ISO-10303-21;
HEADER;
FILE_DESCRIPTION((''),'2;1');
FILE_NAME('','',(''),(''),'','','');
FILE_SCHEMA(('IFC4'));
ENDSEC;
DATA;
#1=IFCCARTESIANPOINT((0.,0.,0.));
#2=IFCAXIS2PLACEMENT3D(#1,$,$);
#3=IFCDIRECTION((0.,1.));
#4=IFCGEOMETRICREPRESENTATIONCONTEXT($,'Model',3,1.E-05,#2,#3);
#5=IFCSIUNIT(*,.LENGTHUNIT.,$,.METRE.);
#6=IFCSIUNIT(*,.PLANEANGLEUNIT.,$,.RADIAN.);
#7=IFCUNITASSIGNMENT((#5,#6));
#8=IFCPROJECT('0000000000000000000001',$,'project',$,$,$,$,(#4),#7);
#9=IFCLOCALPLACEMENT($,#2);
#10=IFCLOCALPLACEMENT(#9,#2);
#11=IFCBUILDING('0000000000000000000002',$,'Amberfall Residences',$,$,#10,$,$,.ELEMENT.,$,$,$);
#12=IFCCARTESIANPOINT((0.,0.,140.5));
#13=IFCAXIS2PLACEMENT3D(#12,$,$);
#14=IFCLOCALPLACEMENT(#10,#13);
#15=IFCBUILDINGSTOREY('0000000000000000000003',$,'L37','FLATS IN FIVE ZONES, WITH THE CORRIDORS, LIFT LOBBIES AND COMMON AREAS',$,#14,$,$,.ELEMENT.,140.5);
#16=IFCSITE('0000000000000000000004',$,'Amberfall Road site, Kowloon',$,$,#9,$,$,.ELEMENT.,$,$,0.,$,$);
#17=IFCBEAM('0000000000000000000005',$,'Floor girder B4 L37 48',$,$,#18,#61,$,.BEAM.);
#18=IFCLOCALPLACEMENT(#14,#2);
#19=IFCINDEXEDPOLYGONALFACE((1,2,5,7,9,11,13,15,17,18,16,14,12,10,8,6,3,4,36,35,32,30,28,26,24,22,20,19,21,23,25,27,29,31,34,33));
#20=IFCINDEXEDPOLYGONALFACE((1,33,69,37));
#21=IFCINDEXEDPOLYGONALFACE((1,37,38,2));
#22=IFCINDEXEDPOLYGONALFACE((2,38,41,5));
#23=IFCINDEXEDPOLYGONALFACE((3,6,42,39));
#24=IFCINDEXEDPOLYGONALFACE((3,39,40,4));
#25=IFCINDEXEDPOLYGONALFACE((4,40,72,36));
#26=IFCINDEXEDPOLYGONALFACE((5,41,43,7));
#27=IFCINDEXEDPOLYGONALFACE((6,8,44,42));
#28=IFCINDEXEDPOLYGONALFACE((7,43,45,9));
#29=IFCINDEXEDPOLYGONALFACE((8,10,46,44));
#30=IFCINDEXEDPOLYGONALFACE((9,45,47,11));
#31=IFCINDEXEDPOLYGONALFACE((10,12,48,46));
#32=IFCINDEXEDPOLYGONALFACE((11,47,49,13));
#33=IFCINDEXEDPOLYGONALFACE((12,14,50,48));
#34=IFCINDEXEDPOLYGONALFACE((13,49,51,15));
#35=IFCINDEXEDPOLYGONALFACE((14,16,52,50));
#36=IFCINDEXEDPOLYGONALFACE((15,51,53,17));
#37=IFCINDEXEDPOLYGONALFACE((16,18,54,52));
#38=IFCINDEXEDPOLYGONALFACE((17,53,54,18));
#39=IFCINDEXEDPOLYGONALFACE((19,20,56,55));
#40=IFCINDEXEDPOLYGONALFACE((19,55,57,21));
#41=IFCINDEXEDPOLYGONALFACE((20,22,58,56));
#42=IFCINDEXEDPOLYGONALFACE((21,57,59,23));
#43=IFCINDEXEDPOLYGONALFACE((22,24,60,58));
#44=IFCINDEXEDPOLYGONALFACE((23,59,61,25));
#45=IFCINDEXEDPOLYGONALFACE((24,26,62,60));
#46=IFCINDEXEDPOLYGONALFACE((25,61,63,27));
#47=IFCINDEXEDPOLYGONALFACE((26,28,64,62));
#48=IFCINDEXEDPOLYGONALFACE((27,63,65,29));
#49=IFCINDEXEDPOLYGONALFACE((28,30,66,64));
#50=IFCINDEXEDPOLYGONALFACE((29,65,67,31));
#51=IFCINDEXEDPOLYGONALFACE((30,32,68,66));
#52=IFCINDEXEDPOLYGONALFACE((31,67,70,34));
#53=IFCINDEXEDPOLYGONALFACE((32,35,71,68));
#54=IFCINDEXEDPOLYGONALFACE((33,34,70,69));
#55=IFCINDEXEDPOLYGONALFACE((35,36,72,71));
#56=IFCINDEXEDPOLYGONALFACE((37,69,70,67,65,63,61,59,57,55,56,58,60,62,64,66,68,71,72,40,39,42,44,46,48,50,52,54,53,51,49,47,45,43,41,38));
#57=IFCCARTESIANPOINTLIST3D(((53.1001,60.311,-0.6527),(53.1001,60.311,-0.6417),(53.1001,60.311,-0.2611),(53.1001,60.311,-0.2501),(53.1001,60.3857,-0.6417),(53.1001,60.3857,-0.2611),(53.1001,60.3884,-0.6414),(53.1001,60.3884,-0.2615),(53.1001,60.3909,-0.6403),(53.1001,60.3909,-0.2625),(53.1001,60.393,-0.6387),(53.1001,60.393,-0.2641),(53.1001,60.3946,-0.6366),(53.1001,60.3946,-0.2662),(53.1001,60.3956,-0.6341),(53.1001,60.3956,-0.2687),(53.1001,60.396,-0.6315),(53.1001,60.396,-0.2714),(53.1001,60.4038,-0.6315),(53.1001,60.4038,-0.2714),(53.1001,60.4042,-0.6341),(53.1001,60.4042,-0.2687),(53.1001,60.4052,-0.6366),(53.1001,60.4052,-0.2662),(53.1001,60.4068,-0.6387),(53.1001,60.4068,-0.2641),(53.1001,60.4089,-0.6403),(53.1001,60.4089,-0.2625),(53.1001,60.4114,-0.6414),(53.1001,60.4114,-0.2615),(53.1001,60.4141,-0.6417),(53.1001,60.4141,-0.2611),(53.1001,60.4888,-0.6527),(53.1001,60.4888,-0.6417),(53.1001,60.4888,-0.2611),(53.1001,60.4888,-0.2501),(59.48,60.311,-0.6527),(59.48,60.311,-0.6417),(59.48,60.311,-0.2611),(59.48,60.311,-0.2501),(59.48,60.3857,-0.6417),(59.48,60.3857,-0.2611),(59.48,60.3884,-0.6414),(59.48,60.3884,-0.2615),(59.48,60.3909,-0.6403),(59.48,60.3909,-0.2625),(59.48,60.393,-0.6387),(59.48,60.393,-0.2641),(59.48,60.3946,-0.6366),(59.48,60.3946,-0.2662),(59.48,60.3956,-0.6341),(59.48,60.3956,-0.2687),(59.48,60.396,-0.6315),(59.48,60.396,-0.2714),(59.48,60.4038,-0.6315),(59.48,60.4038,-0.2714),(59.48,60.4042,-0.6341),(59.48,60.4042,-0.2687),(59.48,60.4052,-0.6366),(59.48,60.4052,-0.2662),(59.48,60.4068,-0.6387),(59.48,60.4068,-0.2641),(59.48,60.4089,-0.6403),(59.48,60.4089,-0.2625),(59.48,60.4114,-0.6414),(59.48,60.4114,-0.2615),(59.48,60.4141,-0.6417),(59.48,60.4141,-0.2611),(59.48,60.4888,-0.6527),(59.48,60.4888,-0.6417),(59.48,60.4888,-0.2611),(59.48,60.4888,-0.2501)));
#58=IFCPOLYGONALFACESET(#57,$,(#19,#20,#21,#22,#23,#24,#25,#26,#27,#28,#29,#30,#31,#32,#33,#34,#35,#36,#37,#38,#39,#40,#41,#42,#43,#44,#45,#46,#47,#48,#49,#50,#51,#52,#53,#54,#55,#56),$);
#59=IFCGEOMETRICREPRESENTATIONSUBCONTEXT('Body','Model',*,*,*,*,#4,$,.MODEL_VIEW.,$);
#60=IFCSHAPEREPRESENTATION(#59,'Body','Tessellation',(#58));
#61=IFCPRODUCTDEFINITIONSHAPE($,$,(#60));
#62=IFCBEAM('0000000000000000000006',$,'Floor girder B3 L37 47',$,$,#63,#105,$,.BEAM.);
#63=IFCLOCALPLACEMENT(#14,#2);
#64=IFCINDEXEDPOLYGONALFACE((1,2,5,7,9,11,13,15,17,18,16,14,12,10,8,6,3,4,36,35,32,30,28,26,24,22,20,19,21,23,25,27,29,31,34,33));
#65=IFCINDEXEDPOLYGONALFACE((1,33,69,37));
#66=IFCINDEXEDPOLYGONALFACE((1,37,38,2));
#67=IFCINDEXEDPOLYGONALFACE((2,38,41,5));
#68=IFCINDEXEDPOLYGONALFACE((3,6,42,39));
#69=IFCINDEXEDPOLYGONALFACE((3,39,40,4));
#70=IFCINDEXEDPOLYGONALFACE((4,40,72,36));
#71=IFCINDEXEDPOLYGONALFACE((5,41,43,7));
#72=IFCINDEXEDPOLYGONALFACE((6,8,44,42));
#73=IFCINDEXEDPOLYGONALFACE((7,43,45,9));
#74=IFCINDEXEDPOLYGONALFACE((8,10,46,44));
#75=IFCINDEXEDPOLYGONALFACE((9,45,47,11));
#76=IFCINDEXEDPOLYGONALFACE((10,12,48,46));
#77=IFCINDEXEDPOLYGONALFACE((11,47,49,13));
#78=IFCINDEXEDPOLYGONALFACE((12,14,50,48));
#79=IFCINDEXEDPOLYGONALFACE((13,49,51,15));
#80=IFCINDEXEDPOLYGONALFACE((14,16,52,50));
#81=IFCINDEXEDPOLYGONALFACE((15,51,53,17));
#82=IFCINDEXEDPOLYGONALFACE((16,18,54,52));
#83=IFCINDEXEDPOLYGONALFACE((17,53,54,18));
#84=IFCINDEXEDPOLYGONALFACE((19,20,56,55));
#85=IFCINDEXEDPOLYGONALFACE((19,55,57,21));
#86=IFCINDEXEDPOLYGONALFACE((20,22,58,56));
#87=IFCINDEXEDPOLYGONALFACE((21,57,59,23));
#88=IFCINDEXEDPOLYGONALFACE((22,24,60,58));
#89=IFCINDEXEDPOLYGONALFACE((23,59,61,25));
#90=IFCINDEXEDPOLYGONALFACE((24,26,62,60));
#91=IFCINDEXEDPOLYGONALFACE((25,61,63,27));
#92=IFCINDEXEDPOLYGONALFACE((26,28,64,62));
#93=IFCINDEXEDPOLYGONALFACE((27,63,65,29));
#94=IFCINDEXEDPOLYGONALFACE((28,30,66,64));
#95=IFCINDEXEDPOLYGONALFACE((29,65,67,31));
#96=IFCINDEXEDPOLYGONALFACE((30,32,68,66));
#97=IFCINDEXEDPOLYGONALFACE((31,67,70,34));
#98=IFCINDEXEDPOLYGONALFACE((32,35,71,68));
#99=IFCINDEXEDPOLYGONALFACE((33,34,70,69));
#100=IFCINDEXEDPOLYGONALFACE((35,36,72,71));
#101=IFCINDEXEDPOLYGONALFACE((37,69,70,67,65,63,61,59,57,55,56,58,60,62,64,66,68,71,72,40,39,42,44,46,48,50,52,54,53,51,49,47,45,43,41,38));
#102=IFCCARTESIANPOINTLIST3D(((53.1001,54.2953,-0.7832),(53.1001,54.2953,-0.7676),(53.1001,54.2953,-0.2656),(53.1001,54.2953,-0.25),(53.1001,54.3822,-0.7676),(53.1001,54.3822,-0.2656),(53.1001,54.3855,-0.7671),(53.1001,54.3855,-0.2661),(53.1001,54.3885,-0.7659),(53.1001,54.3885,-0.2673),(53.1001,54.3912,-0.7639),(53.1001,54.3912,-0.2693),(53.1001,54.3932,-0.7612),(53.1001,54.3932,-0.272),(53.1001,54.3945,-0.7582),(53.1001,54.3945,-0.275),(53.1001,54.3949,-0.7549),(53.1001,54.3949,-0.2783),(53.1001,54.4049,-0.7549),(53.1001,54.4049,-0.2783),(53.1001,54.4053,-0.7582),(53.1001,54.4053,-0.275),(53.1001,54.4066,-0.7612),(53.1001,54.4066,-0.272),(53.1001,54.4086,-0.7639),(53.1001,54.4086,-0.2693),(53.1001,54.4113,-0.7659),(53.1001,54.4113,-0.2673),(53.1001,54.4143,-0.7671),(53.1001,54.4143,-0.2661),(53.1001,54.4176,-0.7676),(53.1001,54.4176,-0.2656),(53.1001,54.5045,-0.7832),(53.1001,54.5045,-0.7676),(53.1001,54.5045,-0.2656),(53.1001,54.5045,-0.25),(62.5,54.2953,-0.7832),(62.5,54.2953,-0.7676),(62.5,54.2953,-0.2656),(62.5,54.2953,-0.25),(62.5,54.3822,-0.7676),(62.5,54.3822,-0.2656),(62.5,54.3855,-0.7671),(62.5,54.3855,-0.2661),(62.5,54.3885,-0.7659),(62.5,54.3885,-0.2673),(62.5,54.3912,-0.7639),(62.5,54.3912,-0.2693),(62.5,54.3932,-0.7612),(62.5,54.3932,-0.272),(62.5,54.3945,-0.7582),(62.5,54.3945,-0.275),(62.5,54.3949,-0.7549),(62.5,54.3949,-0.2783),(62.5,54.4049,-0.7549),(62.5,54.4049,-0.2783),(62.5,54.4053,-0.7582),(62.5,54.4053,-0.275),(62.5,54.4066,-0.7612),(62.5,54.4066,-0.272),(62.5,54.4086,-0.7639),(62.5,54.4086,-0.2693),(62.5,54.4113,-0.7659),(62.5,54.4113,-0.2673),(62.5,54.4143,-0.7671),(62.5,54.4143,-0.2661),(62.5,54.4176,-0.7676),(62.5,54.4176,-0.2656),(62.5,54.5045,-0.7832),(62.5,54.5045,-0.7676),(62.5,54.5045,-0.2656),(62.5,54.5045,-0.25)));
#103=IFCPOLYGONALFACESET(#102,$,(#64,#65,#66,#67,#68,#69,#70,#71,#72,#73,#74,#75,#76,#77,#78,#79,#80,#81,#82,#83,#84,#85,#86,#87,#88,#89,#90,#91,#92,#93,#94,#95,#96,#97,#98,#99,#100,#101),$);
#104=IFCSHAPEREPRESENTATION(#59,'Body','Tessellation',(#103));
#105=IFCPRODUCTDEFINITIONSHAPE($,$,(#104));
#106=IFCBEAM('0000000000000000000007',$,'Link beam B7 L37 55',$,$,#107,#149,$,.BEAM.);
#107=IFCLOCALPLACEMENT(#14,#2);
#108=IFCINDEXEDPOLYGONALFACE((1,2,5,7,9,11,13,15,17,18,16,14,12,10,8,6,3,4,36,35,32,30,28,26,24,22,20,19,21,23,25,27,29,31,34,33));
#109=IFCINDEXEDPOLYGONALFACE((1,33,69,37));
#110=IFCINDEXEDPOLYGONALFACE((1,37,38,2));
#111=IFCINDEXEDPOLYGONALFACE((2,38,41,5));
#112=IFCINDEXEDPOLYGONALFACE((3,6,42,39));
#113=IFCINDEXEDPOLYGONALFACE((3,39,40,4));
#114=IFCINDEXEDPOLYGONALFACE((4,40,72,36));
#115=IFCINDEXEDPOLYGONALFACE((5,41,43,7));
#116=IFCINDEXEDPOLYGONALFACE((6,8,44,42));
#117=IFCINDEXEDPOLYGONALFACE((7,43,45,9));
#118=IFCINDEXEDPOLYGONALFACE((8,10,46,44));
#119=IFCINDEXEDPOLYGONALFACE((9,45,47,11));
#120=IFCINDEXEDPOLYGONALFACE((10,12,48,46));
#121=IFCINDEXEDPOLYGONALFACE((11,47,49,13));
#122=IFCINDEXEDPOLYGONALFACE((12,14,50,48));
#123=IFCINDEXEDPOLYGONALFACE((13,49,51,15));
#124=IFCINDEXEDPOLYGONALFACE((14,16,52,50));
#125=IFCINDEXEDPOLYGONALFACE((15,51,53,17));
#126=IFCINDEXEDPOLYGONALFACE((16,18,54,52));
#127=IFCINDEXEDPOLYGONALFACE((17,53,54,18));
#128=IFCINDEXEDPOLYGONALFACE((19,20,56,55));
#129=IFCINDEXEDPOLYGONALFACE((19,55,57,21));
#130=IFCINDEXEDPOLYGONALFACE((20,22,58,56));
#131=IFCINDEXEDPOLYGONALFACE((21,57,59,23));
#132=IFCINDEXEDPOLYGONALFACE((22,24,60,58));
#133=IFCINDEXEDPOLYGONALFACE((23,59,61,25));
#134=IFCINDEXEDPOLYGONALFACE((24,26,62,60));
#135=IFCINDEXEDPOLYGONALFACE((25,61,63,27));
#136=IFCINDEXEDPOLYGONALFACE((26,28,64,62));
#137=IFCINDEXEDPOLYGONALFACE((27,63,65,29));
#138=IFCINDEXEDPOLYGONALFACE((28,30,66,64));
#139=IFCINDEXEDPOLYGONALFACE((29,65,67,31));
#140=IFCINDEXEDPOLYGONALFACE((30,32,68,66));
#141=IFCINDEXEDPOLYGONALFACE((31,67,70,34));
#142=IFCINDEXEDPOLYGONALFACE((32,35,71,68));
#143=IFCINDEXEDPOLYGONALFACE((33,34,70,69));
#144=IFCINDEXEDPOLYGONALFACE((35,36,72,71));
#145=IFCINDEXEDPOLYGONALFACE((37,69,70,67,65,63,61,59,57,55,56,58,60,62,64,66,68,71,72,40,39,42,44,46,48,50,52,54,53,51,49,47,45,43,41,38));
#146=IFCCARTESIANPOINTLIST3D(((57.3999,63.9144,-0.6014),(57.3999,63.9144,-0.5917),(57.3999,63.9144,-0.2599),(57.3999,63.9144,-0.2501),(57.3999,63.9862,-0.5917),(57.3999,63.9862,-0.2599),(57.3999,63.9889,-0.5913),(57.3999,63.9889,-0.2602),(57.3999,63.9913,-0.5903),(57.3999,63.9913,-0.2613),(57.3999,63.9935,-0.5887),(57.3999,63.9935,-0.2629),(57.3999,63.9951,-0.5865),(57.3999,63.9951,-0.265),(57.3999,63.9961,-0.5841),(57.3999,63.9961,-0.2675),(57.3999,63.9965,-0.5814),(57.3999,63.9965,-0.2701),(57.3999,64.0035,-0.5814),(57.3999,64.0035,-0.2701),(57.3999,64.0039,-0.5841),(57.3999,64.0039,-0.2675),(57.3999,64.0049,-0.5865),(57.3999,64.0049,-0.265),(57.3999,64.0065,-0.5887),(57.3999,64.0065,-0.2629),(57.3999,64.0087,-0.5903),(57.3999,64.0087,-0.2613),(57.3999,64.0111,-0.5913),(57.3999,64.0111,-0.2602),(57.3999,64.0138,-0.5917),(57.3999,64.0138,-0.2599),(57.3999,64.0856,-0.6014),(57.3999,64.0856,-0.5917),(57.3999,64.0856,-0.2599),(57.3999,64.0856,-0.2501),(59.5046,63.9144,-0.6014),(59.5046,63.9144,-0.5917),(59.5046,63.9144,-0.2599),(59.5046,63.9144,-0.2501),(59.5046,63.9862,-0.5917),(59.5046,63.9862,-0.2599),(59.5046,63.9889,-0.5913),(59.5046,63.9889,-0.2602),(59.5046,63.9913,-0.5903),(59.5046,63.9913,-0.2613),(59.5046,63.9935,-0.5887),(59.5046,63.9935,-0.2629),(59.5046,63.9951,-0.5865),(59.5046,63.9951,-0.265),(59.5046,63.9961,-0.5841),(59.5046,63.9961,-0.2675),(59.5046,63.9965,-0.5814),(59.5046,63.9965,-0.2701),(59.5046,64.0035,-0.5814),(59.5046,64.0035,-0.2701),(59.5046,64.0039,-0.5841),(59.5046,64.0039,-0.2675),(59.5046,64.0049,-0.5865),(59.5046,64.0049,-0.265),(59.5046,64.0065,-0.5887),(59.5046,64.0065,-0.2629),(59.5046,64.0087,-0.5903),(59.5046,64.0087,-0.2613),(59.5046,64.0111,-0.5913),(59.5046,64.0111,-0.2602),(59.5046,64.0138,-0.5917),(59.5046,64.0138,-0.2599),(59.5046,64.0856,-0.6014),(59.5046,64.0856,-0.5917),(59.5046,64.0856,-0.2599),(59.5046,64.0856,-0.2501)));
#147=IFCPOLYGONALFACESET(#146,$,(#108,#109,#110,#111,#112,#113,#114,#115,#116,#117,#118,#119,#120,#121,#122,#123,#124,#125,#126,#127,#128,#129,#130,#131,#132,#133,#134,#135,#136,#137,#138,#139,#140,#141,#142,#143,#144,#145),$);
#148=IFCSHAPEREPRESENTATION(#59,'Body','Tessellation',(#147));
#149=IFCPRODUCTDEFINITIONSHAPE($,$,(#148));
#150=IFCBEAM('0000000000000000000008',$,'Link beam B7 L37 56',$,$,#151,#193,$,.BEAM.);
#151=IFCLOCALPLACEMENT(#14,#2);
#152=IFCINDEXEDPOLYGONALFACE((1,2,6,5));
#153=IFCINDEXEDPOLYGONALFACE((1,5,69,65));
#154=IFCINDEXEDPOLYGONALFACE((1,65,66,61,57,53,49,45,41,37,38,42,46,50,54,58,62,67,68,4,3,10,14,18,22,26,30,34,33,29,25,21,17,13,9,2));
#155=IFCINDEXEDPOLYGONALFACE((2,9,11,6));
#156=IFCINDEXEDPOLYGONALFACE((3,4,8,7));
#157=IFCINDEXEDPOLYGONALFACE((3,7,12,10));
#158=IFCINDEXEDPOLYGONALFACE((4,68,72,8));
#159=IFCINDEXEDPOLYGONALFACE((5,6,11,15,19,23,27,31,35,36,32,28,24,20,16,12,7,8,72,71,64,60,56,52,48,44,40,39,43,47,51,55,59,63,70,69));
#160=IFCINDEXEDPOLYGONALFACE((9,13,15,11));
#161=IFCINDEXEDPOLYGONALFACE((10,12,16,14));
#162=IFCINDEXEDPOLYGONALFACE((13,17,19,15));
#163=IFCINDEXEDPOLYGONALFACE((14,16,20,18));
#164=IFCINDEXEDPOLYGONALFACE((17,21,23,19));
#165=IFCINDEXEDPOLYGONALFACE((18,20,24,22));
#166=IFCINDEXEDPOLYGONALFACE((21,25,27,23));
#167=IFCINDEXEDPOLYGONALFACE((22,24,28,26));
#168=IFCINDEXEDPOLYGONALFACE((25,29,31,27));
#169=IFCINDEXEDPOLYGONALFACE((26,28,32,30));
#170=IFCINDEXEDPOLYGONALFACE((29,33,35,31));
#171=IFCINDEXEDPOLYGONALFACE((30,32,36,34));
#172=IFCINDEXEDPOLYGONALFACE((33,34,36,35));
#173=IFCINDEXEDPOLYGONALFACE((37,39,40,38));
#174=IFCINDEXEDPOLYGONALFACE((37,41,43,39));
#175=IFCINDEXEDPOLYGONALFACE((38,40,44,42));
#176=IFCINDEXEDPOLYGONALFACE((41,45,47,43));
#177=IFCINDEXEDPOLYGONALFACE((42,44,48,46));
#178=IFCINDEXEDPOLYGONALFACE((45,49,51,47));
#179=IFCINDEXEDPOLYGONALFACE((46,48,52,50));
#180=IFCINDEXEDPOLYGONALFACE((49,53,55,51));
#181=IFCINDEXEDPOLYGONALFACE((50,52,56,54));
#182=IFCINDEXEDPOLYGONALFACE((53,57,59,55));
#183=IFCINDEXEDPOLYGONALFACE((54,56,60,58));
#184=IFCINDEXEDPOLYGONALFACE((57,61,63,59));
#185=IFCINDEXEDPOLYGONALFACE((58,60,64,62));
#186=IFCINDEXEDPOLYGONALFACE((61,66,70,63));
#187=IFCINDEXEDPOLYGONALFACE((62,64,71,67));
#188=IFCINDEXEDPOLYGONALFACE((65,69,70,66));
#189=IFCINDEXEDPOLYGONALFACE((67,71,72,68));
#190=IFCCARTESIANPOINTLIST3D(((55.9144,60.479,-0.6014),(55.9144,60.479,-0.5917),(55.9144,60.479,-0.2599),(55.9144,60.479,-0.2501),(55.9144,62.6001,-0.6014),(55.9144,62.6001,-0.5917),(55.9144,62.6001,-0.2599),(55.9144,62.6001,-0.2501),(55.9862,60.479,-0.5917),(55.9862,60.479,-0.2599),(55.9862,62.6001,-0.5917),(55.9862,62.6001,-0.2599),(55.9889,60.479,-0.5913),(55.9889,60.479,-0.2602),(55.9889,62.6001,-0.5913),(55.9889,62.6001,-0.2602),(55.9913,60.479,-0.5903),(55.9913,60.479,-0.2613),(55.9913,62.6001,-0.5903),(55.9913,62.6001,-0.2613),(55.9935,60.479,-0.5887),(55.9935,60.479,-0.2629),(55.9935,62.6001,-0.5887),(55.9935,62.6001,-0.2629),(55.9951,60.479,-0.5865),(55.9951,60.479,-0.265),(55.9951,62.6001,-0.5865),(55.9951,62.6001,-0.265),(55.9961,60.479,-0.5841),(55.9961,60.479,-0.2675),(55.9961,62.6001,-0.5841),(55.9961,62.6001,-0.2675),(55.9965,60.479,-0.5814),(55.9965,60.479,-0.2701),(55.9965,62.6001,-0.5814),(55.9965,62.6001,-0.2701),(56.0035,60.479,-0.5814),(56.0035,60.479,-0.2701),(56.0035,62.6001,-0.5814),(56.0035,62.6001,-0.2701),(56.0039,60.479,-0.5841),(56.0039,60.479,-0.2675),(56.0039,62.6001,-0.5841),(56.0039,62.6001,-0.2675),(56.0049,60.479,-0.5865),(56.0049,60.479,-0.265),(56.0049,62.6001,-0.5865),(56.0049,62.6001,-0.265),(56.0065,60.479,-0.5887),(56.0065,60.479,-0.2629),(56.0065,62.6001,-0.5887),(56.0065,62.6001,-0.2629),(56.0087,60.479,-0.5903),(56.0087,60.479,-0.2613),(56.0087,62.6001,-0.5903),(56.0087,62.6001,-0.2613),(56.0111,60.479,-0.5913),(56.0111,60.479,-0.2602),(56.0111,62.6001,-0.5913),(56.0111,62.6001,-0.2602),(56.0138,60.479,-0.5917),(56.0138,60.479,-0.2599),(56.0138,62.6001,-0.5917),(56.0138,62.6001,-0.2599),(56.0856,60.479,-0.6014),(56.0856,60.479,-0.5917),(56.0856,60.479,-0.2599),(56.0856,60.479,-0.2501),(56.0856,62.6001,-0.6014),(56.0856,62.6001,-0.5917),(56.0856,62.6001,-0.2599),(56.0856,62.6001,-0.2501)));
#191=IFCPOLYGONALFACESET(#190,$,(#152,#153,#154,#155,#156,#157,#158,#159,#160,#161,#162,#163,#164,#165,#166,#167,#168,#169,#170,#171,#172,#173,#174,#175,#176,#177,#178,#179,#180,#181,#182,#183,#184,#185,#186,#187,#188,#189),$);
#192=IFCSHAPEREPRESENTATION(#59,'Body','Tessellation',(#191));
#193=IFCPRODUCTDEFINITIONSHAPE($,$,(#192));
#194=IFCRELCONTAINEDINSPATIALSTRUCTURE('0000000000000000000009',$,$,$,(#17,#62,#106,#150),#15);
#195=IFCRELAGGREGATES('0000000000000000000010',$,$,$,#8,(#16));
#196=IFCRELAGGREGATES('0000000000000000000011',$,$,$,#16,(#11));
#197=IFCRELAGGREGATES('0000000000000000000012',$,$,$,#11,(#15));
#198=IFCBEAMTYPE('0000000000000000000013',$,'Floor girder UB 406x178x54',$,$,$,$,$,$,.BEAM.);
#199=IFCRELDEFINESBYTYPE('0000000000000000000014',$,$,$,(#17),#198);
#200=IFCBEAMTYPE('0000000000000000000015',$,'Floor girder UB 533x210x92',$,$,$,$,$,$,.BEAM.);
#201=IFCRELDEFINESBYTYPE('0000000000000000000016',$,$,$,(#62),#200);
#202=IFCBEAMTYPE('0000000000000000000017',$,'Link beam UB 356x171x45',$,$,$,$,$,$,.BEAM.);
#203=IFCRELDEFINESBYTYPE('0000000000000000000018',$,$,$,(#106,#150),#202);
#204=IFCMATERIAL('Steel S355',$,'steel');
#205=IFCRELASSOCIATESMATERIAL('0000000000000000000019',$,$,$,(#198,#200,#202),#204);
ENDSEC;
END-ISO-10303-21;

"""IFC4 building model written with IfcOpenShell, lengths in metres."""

from ifc_helpers import new_model, si_unit, direction, frame, origin, origin_2d, place, context, subcontext, project, spatial, i_section, extrude, material, material_profile, profile_set, type_object, element, save


model = new_model("IFC4")

# Units and contexts
model_context = context("Model", 3, precision=1e-05, world=origin(), true_north=direction((0.0, 1.0)))
body_context = subcontext(model_context, "Body", "Model", "MODEL_VIEW")
ifc_project = project(units=[si_unit("LENGTHUNIT", "METRE"), si_unit("PLANEANGLEUNIT", "RADIAN")], contexts=[model_context])

# Site, building, storey
site_placement = place(None, origin())
site = spatial("IfcSite", under=ifc_project, at=site_placement, Name="Amberfall Road site, Kowloon", CompositionType="ELEMENT", RefElevation=0.0)
building_placement = place(site_placement, origin())
building = spatial("IfcBuilding", under=site, at=building_placement, Name="Amberfall Residences", CompositionType="ELEMENT")
storey_placement = place(building_placement, frame((0.0, 0.0, 140.5)))
storey = spatial("IfcBuildingStorey", under=building, at=storey_placement, Name="L37", Description="FLATS IN FIVE ZONES, WITH THE CORRIDORS, LIFT LOBBIES AND COMMON AREAS", CompositionType="ELEMENT", Elevation=140.5)

# Shared definitions
ifc_material_1 = material(Name="Steel S355", Category="steel")

# Beams
ifc_material_profile_1 = material_profile(ifc_material_1, i_section(OverallWidth=0.1777, OverallDepth=0.4026, WebThickness=0.0078, FlangeThickness=0.011, FilletRadius=0.0103, at=origin_2d()), Name="UB 406x178x54")
ifc_profile_set_1 = profile_set([ifc_material_profile_1], Name="Steel S355")
beam_type_1 = type_object("IfcBeamType", Name="Floor girder UB 406x178x54", PredefinedType="BEAM", material=ifc_profile_set_1)
beam_1_placement = place(storey_placement, frame((53.1001, 60.3999, -0.4514), z_axis=(1.0, 0.0, 0.0), x_axis=(0.0, 1.0, 0.0)))
element("IfcBeam", 1, at=beam_1_placement, inside=storey, type_object=beam_type_1, Name="Floor girder B4 L37 48", PredefinedType="BEAM", context=body_context, shape_type="SweptSolid", body=[
    extrude(i_section(OverallWidth=0.1777, OverallDepth=0.4026, WebThickness=0.0078, FlangeThickness=0.011, FilletRadius=0.0103, at=origin_2d()), origin(), (0.0, 0.0, 1.0), 6.3799),
])
ifc_material_profile_2 = material_profile(ifc_material_1, i_section(OverallWidth=0.2092, OverallDepth=0.5332, WebThickness=0.01, FlangeThickness=0.0156, FilletRadius=0.0127, at=origin_2d()), Name="UB 533x210x92")
ifc_profile_set_2 = profile_set([ifc_material_profile_2], Name="Steel S355")
beam_type_2 = type_object("IfcBeamType", Name="Floor girder UB 533x210x92", PredefinedType="BEAM", material=ifc_profile_set_2)
beam_2_placement = place(storey_placement, frame((53.1001, 54.3999, -0.5166), z_axis=(1.0, 0.0, 0.0), x_axis=(0.0, 1.0, 0.0)))
element("IfcBeam", 2, at=beam_2_placement, inside=storey, type_object=beam_type_2, Name="Floor girder B3 L37 47", PredefinedType="BEAM", context=body_context, shape_type="SweptSolid", body=[
    extrude(i_section(OverallWidth=0.2092, OverallDepth=0.5332, WebThickness=0.01, FlangeThickness=0.0156, FilletRadius=0.0127, at=origin_2d()), origin(), (0.0, 0.0, 1.0), 9.3999),
])
ifc_material_profile_3 = material_profile(ifc_material_1, i_section(OverallWidth=0.1711, OverallDepth=0.3513, WebThickness=0.0071, FlangeThickness=0.0098, FilletRadius=0.0103, at=origin_2d()), Name="UB 356x171x45")
ifc_profile_set_3 = profile_set([ifc_material_profile_3], Name="Steel S355")
beam_type_3 = type_object("IfcBeamType", Name="Link beam UB 356x171x45", PredefinedType="BEAM", material=ifc_profile_set_3)
beam_3_placement = place(storey_placement, frame((57.3999, 64.0, -0.4258), z_axis=(1.0, 0.0, 0.0), x_axis=(0.0, 1.0, 0.0)))
element("IfcBeam", 3, at=beam_3_placement, inside=storey, type_object=beam_type_3, Name="Link beam B7 L37 55", PredefinedType="BEAM", context=body_context, shape_type="SweptSolid", body=[
    extrude(i_section(OverallWidth=0.1711, OverallDepth=0.3513, WebThickness=0.0071, FlangeThickness=0.0098, FilletRadius=0.0103, at=origin_2d()), origin(), (0.0, 0.0, 1.0), 2.1047),
])
beam_4_placement = place(storey_placement, frame((56.0, 62.6001, -0.4258), z_axis=(0.0, -1.0, 0.0), x_axis=(1.0, 0.0, 0.0)))
element("IfcBeam", 4, at=beam_4_placement, inside=storey, type_object=beam_type_3, Name="Link beam B7 L37 56", PredefinedType="BEAM", context=body_context, shape_type="SweptSolid", body=[
    extrude(i_section(OverallWidth=0.1711, OverallDepth=0.3513, WebThickness=0.0071, FlangeThickness=0.0098, FilletRadius=0.0103, at=origin_2d()), origin(), (0.0, 0.0, 1.0), 2.1211),
])

save(model, "model.ifc")
